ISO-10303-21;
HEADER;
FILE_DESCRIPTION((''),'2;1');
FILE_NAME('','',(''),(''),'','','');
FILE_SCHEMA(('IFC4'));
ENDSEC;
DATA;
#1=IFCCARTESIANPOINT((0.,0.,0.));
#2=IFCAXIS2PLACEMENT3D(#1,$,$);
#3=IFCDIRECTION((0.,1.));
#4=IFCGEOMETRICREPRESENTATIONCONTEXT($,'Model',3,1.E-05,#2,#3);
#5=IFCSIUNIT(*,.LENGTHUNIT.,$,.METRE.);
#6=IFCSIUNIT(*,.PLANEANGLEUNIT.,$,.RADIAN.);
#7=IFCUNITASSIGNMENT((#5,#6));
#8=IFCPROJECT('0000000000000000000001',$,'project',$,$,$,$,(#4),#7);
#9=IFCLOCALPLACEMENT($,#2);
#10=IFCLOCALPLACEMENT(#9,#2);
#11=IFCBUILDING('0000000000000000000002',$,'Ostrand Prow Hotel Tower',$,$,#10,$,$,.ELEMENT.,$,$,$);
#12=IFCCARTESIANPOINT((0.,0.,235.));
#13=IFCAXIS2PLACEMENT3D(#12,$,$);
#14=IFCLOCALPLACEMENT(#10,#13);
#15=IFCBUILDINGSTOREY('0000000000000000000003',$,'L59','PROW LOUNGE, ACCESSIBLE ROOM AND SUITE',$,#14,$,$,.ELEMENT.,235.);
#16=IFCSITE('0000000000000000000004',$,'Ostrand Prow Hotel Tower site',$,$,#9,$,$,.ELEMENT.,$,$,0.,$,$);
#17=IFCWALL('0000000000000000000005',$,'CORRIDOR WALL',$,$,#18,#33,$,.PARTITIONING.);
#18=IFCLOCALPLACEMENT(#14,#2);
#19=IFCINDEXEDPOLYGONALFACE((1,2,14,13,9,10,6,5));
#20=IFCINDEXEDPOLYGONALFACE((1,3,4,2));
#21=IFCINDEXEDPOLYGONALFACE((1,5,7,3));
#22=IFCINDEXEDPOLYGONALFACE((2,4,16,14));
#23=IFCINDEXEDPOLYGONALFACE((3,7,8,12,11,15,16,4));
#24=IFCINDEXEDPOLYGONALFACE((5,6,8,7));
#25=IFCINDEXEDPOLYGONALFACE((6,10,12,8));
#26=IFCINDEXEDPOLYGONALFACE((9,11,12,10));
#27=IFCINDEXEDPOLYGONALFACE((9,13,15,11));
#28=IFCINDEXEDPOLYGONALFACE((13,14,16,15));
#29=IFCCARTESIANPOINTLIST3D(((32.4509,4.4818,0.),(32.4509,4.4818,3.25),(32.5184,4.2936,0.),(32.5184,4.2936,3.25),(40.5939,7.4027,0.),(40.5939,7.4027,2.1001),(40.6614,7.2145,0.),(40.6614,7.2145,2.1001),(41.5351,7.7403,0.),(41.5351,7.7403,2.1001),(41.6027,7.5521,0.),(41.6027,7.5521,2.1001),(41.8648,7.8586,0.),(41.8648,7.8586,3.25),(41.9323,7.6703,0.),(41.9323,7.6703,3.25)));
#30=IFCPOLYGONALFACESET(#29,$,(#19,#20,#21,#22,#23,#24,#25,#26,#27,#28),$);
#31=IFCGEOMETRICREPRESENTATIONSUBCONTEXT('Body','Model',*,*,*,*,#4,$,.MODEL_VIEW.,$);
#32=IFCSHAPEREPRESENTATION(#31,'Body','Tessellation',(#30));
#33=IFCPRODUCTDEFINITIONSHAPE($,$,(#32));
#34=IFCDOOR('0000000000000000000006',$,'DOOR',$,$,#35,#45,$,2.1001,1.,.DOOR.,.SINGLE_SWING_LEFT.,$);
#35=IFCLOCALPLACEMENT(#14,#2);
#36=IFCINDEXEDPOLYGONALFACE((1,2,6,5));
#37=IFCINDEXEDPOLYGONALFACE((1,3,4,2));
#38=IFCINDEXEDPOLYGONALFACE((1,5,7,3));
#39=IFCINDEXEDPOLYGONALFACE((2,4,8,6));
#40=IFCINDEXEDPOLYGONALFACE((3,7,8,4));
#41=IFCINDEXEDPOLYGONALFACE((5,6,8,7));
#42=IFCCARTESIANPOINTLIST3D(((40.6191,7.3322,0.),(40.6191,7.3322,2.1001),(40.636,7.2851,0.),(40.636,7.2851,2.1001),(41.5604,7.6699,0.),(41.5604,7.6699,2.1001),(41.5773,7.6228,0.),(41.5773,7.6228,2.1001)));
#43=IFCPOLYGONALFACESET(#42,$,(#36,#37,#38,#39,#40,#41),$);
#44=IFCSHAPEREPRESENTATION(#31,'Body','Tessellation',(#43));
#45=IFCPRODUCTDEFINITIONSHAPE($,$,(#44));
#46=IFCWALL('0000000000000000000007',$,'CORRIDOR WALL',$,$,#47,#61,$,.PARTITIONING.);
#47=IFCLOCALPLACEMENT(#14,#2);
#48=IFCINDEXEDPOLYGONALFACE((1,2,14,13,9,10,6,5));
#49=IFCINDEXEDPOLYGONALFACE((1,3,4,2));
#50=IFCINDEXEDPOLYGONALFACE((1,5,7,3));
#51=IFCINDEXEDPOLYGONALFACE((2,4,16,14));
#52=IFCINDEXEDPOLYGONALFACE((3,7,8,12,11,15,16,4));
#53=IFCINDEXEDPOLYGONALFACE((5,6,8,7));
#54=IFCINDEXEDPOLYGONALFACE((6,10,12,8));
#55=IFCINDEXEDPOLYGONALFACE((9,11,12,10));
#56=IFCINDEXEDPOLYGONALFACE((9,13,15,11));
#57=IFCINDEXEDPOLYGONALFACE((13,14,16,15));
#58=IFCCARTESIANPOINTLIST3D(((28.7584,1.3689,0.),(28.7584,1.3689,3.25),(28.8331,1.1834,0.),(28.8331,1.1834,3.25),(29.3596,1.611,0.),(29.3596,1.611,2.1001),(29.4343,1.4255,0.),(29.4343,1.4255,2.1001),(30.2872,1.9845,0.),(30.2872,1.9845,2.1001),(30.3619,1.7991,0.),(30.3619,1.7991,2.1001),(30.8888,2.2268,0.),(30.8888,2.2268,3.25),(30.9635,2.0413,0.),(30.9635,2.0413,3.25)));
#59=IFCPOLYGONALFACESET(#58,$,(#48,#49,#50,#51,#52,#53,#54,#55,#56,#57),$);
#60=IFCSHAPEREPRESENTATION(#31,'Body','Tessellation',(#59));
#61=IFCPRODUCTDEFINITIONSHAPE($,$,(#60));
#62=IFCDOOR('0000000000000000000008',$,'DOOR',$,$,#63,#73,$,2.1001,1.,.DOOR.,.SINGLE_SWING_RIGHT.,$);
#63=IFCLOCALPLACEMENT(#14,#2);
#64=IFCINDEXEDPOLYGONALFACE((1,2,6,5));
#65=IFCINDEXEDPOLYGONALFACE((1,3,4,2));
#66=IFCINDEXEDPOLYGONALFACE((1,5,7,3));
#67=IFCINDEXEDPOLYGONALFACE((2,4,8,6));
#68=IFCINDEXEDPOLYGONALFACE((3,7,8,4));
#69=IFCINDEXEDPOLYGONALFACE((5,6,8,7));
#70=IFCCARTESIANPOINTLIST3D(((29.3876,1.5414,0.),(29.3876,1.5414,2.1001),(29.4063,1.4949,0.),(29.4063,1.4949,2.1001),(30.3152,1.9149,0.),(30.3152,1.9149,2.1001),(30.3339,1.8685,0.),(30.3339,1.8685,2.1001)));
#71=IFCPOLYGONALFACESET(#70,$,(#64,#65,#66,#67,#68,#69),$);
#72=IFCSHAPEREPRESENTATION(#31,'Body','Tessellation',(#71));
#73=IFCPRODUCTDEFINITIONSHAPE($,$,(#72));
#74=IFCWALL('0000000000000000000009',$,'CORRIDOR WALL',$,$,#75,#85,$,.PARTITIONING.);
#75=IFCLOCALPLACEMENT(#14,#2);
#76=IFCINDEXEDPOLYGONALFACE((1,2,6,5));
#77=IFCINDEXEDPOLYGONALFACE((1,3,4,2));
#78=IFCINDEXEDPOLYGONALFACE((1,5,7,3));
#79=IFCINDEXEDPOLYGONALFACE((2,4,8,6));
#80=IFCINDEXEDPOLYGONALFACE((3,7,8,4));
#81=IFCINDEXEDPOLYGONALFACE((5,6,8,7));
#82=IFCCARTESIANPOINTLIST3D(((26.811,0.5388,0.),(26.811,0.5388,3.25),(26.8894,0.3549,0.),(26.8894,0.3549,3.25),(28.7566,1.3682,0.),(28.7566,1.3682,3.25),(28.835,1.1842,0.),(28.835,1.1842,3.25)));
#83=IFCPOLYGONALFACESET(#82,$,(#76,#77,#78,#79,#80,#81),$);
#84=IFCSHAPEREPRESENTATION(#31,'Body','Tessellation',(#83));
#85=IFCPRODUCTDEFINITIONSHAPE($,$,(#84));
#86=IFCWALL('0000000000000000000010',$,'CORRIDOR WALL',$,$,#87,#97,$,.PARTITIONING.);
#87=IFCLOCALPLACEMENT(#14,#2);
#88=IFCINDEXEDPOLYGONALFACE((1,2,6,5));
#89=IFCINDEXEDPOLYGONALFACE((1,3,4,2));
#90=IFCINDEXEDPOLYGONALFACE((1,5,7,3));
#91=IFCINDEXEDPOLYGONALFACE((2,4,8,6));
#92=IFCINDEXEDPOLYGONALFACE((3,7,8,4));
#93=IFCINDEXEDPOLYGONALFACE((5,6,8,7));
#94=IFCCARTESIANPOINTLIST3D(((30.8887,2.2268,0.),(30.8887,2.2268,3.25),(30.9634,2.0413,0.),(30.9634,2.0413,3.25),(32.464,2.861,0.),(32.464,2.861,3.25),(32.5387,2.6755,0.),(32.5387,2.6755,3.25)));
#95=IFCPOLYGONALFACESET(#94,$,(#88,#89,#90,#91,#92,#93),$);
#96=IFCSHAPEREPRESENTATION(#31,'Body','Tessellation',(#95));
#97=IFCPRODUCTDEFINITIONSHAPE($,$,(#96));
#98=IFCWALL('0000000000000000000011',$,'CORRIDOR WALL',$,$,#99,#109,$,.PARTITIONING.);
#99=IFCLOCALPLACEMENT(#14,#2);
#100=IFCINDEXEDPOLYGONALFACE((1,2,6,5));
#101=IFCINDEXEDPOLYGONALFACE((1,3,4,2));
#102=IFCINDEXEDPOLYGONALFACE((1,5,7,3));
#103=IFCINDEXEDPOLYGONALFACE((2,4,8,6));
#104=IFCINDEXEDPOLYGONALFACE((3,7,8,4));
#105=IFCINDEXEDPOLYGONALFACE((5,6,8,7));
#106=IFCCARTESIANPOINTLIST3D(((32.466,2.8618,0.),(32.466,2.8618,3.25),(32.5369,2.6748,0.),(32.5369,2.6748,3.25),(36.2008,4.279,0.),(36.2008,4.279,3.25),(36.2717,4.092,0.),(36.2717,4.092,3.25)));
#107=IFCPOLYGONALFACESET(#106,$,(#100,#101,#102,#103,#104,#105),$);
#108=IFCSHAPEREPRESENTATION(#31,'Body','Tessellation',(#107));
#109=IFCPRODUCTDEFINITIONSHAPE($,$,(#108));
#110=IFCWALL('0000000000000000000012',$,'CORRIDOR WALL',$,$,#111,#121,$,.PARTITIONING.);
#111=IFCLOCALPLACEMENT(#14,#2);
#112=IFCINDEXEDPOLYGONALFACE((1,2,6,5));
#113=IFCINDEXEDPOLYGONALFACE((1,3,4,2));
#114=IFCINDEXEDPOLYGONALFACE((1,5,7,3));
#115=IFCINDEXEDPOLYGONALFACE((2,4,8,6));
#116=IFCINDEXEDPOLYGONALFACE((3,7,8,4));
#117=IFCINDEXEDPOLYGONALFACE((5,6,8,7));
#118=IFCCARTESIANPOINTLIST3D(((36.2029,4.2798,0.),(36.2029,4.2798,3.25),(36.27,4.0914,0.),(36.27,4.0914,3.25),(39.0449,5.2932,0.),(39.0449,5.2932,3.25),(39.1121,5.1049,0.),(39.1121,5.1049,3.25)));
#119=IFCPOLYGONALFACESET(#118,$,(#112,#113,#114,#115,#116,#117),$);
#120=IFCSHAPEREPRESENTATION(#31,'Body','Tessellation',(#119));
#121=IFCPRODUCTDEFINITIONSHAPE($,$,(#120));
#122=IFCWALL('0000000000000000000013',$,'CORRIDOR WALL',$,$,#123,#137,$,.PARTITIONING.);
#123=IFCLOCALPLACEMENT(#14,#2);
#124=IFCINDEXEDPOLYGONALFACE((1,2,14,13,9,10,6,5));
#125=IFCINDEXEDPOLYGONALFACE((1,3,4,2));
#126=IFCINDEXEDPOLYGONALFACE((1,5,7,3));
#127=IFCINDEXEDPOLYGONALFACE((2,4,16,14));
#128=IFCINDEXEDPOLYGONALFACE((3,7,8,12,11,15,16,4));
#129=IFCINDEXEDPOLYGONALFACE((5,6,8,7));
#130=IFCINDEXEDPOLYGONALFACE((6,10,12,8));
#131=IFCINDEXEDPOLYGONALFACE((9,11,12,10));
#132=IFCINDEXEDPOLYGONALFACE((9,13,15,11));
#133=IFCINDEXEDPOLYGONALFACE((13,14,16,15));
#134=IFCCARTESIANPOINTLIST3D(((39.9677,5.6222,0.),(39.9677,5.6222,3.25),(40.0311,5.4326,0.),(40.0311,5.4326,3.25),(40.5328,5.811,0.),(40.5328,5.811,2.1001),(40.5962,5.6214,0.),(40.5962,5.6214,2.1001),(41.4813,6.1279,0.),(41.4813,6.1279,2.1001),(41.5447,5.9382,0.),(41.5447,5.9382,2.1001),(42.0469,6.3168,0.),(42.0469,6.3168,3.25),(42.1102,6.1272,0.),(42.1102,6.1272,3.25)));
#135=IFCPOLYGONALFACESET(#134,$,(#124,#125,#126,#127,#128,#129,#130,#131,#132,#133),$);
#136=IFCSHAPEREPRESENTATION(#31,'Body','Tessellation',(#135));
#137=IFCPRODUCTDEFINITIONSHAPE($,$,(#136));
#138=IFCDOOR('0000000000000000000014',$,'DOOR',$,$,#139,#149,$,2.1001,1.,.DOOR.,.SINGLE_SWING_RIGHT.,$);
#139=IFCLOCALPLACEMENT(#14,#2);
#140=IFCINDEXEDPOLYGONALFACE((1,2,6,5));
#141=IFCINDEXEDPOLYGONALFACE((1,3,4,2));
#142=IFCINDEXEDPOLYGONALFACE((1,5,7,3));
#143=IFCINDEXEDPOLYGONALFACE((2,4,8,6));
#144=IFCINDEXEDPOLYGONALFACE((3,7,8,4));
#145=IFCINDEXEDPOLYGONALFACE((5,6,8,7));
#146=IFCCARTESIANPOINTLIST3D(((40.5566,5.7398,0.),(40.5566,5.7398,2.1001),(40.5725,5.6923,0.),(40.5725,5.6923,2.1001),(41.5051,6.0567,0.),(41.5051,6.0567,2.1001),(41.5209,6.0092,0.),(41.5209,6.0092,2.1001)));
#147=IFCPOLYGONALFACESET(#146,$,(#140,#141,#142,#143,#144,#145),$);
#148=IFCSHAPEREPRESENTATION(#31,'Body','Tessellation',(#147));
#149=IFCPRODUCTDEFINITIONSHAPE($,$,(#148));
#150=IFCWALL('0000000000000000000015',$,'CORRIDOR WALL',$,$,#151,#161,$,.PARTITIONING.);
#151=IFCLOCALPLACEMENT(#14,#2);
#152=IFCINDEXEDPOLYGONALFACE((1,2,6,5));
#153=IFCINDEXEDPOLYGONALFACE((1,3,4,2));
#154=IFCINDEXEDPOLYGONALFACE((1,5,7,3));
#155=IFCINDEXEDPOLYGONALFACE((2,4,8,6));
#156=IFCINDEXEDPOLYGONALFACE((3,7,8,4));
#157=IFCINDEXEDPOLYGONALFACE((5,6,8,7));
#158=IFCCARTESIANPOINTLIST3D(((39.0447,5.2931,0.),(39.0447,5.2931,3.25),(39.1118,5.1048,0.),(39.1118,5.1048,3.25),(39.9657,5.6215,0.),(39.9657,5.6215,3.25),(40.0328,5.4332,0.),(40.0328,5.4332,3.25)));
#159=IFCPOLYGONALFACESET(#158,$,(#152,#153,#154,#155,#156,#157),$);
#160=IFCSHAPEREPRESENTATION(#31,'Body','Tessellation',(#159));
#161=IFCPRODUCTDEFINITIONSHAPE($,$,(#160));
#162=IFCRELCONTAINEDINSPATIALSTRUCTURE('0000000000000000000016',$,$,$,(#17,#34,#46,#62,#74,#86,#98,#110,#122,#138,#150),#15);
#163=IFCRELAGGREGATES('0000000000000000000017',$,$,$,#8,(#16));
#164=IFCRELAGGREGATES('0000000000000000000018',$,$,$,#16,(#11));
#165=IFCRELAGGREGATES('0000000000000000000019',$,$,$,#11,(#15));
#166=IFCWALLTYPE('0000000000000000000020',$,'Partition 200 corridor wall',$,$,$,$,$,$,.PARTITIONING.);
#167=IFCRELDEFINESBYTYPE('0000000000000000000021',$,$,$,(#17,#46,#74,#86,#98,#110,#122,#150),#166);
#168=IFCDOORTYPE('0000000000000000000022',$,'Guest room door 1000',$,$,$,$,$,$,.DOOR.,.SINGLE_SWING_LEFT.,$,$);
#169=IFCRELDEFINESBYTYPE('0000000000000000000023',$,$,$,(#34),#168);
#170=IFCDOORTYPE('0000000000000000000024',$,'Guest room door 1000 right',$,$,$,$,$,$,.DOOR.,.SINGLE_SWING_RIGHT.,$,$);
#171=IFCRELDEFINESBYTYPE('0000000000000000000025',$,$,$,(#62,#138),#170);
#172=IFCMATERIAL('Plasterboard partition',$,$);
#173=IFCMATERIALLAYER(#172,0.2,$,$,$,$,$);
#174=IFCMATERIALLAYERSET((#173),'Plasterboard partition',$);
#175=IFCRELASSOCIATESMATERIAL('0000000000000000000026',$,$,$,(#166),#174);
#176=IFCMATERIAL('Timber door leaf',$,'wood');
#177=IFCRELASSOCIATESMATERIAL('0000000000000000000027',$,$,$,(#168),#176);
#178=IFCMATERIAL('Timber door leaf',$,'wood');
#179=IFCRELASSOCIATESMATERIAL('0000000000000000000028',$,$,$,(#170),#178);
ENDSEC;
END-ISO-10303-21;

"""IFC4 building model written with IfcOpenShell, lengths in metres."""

from ifc_helpers import new_model, si_unit, direction, frame, frame_2d, origin, place, context, subcontext, project, spatial, rectangle, extrude, material, layer, layer_set, type_object, element, fill, save


model = new_model("IFC4")

# Units and contexts
model_context = context("Model", 3, precision=1e-05, world=origin(), true_north=direction((0.0, 1.0)))
body_context = subcontext(model_context, "Body", "Model", "MODEL_VIEW")
ifc_project = project(units=[si_unit("LENGTHUNIT", "METRE"), si_unit("PLANEANGLEUNIT", "RADIAN")], contexts=[model_context])

# Site, building, storey
site_placement = place(None, origin())
site = spatial("IfcSite", under=ifc_project, at=site_placement, Name="Ostrand Prow Hotel Tower site", CompositionType="ELEMENT", RefElevation=0.0)
building_placement = place(site_placement, origin())
building = spatial("IfcBuilding", under=site, at=building_placement, Name="Ostrand Prow Hotel Tower", CompositionType="ELEMENT")
storey_placement = place(building_placement, frame((0.0, 0.0, 235.0)))
storey = spatial("IfcBuildingStorey", under=building, at=storey_placement, Name="L59", Description="PROW LOUNGE, ACCESSIBLE ROOM AND SUITE", CompositionType="ELEMENT", Elevation=235.0)

# Walls, openings, doors
ifc_material_1 = material(Name="Plasterboard partition")
ifc_layer_1 = layer(ifc_material_1, 0.2)
ifc_layer_set_1 = layer_set([ifc_layer_1], Name="Plasterboard partition")
wall_type_1 = type_object("IfcWallType", Name="Partition 200 corridor wall", PredefinedType="PARTITIONING", material=ifc_layer_set_1)
wall_1_placement = place(storey_placement, frame((41.8984, 7.7644, 0.0), z_axis=(0.0, 0.0, 1.0), x_axis=(-0.941278, -0.337634, 0.0)))
wall_1 = element("IfcWall", 1, at=wall_1_placement, inside=storey, type_object=wall_type_1, Name="CORRIDOR WALL", PredefinedType="PARTITIONING", context=body_context, shape_type="SweptSolid", body=[
    extrude(rectangle(XDim=10.0012, YDim=0.2, at=frame_2d((5.0005, 0.0))), origin(), (0.0, 0.0, 1.0), 3.25),
])
opening_1_placement = place(wall_1_placement, frame((0.3501, 0.0, 0.0)))
opening_1 = element("IfcOpeningElement", 2, at=opening_1_placement, cuts=wall_1, PredefinedType="OPENING", context=body_context, shape_type="SweptSolid", body=[
    extrude(rectangle(XDim=1.0, YDim=2.1001, at=frame_2d((0.5, 1.05))), frame((0.0, 0.1099, 0.0), z_axis=(0.0, -1.0, 0.0), x_axis=(1.0, 0.0, 0.0)), (0.0, 0.0, 1.0), 0.22),
])
ifc_material_2 = material(Name="Timber door leaf", Category="wood")
door_type_1 = type_object("IfcDoorType", Name="Guest room door 1000", OperationType="SINGLE_SWING_LEFT", PredefinedType="DOOR", material=ifc_material_2)
door_1_placement = place(opening_1_placement, origin())
door_1 = element("IfcDoor", 3, at=door_1_placement, inside=storey, type_object=door_type_1, Name="DOOR", OperationType="SINGLE_SWING_LEFT", OverallHeight=2.1001, OverallWidth=1.0, PredefinedType="DOOR", context=body_context, shape_type="SweptSolid", body=[
    extrude(rectangle(XDim=1.0, YDim=2.1001, at=frame_2d((0.5, 1.05))), frame((0.0, 0.0249, 0.0), z_axis=(0.0, -1.0, 0.0), x_axis=(1.0, 0.0, 0.0)), (0.0, 0.0, 1.0), 0.05),
])
fill(opening_1, door_1)
wall_2_placement = place(storey_placement, frame((28.7957, 1.2761, 0.0), z_axis=(0.0, 0.0, 1.0), x_axis=(0.927609, 0.373552, 0.0)))
wall_2 = element("IfcWall", 4, at=wall_2_placement, inside=storey, type_object=wall_type_1, Name="CORRIDOR WALL", PredefinedType="PARTITIONING", context=body_context, shape_type="SweptSolid", body=[
    extrude(rectangle(XDim=2.2966, YDim=0.2, at=frame_2d((1.1484, 0.0))), origin(), (0.0, 0.0, 1.0), 3.25),
])
opening_2_placement = place(wall_2_placement, frame((0.6482, 0.0, 0.0)))
opening_2 = element("IfcOpeningElement", 5, at=opening_2_placement, cuts=wall_2, PredefinedType="OPENING", context=body_context, shape_type="SweptSolid", body=[
    extrude(rectangle(XDim=1.0, YDim=2.1001, at=frame_2d((0.5, 1.05))), frame((0.0, 0.1099, 0.0), z_axis=(0.0, -1.0, 0.0), x_axis=(1.0, 0.0, 0.0)), (0.0, 0.0, 1.0), 0.22),
])
ifc_material_3 = material(Name="Timber door leaf", Category="wood")
door_type_2 = type_object("IfcDoorType", Name="Guest room door 1000 right", OperationType="SINGLE_SWING_RIGHT", PredefinedType="DOOR", material=ifc_material_3)
door_2_placement = place(opening_2_placement, origin())
door_2 = element("IfcDoor", 6, at=door_2_placement, inside=storey, type_object=door_type_2, Name="DOOR", OperationType="SINGLE_SWING_RIGHT", OverallHeight=2.1001, OverallWidth=1.0, PredefinedType="DOOR", context=body_context, shape_type="SweptSolid", body=[
    extrude(rectangle(XDim=1.0, YDim=2.1001, at=frame_2d((0.5, 1.05))), frame((0.0, 0.0249, 0.0), z_axis=(0.0, -1.0, 0.0), x_axis=(1.0, 0.0, 0.0)), (0.0, 0.0, 1.0), 0.05),
])
fill(opening_2, door_2)

# Walls
wall_3_placement = place(storey_placement, frame((26.8501, 0.4468, 0.0), z_axis=(0.0, 0.0, 1.0), x_axis=(0.919908, 0.392135, 0.0)))
element("IfcWall", 7, at=wall_3_placement, inside=storey, type_object=wall_type_1, Name="CORRIDOR WALL", PredefinedType="PARTITIONING", context=body_context, shape_type="SweptSolid", body=[
    extrude(rectangle(XDim=2.115, YDim=0.2, at=frame_2d((1.0576, 0.0))), origin(), (0.0, 0.0, 1.0), 3.25),
])
wall_4_placement = place(storey_placement, frame((30.926, 2.134, 0.0), z_axis=(0.0, 0.0, 1.0), x_axis=(0.927642, 0.373472, 0.0)))
element("IfcWall", 8, at=wall_4_placement, inside=storey, type_object=wall_type_1, Name="CORRIDOR WALL", PredefinedType="PARTITIONING", context=body_context, shape_type="SweptSolid", body=[
    extrude(rectangle(XDim=1.6982, YDim=0.2, at=frame_2d((0.8491, 0.0))), origin(), (0.0, 0.0, 1.0), 3.25),
])
wall_5_placement = place(storey_placement, frame((32.5015, 2.7683, 0.0), z_axis=(0.0, 0.0, 1.0), x_axis=(0.934951, 0.354778, 0.0)))
element("IfcWall", 9, at=wall_5_placement, inside=storey, type_object=wall_type_1, Name="CORRIDOR WALL", PredefinedType="PARTITIONING", context=body_context, shape_type="SweptSolid", body=[
    extrude(rectangle(XDim=3.9946, YDim=0.2, at=frame_2d((1.9973, 0.0))), origin(), (0.0, 0.0, 1.0), 3.25),
])
wall_6_placement = place(storey_placement, frame((36.2363, 4.1855, 0.0), z_axis=(0.0, 0.0, 1.0), x_axis=(0.941908, 0.33587, 0.0)))
element("IfcWall", 10, at=wall_6_placement, inside=storey, type_object=wall_type_1, Name="CORRIDOR WALL", PredefinedType="PARTITIONING", context=body_context, shape_type="SweptSolid", body=[
    extrude(rectangle(XDim=3.0173, YDim=0.2, at=frame_2d((1.5088, 0.0))), origin(), (0.0, 0.0, 1.0), 3.25),
])

# Wall, opening, door
wall_7_placement = place(storey_placement, frame((39.9993, 5.5273, 0.0), z_axis=(0.0, 0.0, 1.0), x_axis=(0.948471, 0.316863, 0.0)))
wall_7 = element("IfcWall", 11, at=wall_7_placement, inside=storey, type_object=wall_type_1, Name="CORRIDOR WALL", PredefinedType="PARTITIONING", context=body_context, shape_type="SweptSolid", body=[
    extrude(rectangle(XDim=2.1921, YDim=0.2, at=frame_2d((1.0962, 0.0))), origin(), (0.0, 0.0, 1.0), 3.25),
])
opening_3_placement = place(wall_7_placement, frame((0.5959, 0.0, 0.0)))
opening_3 = element("IfcOpeningElement", 12, at=opening_3_placement, cuts=wall_7, PredefinedType="OPENING", context=body_context, shape_type="SweptSolid", body=[
    extrude(rectangle(XDim=1.0, YDim=2.1001, at=frame_2d((0.5, 1.05))), frame((0.0, 0.1099, 0.0), z_axis=(0.0, -1.0, 0.0), x_axis=(1.0, 0.0, 0.0)), (0.0, 0.0, 1.0), 0.22),
])
door_3_placement = place(opening_3_placement, origin())
door_3 = element("IfcDoor", 13, at=door_3_placement, inside=storey, type_object=door_type_2, Name="DOOR", OperationType="SINGLE_SWING_RIGHT", OverallHeight=2.1001, OverallWidth=1.0, PredefinedType="DOOR", context=body_context, shape_type="SweptSolid", body=[
    extrude(rectangle(XDim=1.0, YDim=2.1001, at=frame_2d((0.5, 1.05))), frame((0.0, 0.0249, 0.0), z_axis=(0.0, -1.0, 0.0), x_axis=(1.0, 0.0, 0.0)), (0.0, 0.0, 1.0), 0.05),
])
fill(opening_3, door_3)

# Wall
wall_8_placement = place(storey_placement, frame((39.0784, 5.199, 0.0), z_axis=(0.0, 0.0, 1.0), x_axis=(0.941911, 0.335862, 0.0)))
element("IfcWall", 14, at=wall_8_placement, inside=storey, type_object=wall_type_1, Name="CORRIDOR WALL", PredefinedType="PARTITIONING", context=body_context, shape_type="SweptSolid", body=[
    extrude(rectangle(XDim=0.9778, YDim=0.2, at=frame_2d((0.4888, 0.0))), origin(), (0.0, 0.0, 1.0), 3.25),
])

save(model, "model.ifc")
